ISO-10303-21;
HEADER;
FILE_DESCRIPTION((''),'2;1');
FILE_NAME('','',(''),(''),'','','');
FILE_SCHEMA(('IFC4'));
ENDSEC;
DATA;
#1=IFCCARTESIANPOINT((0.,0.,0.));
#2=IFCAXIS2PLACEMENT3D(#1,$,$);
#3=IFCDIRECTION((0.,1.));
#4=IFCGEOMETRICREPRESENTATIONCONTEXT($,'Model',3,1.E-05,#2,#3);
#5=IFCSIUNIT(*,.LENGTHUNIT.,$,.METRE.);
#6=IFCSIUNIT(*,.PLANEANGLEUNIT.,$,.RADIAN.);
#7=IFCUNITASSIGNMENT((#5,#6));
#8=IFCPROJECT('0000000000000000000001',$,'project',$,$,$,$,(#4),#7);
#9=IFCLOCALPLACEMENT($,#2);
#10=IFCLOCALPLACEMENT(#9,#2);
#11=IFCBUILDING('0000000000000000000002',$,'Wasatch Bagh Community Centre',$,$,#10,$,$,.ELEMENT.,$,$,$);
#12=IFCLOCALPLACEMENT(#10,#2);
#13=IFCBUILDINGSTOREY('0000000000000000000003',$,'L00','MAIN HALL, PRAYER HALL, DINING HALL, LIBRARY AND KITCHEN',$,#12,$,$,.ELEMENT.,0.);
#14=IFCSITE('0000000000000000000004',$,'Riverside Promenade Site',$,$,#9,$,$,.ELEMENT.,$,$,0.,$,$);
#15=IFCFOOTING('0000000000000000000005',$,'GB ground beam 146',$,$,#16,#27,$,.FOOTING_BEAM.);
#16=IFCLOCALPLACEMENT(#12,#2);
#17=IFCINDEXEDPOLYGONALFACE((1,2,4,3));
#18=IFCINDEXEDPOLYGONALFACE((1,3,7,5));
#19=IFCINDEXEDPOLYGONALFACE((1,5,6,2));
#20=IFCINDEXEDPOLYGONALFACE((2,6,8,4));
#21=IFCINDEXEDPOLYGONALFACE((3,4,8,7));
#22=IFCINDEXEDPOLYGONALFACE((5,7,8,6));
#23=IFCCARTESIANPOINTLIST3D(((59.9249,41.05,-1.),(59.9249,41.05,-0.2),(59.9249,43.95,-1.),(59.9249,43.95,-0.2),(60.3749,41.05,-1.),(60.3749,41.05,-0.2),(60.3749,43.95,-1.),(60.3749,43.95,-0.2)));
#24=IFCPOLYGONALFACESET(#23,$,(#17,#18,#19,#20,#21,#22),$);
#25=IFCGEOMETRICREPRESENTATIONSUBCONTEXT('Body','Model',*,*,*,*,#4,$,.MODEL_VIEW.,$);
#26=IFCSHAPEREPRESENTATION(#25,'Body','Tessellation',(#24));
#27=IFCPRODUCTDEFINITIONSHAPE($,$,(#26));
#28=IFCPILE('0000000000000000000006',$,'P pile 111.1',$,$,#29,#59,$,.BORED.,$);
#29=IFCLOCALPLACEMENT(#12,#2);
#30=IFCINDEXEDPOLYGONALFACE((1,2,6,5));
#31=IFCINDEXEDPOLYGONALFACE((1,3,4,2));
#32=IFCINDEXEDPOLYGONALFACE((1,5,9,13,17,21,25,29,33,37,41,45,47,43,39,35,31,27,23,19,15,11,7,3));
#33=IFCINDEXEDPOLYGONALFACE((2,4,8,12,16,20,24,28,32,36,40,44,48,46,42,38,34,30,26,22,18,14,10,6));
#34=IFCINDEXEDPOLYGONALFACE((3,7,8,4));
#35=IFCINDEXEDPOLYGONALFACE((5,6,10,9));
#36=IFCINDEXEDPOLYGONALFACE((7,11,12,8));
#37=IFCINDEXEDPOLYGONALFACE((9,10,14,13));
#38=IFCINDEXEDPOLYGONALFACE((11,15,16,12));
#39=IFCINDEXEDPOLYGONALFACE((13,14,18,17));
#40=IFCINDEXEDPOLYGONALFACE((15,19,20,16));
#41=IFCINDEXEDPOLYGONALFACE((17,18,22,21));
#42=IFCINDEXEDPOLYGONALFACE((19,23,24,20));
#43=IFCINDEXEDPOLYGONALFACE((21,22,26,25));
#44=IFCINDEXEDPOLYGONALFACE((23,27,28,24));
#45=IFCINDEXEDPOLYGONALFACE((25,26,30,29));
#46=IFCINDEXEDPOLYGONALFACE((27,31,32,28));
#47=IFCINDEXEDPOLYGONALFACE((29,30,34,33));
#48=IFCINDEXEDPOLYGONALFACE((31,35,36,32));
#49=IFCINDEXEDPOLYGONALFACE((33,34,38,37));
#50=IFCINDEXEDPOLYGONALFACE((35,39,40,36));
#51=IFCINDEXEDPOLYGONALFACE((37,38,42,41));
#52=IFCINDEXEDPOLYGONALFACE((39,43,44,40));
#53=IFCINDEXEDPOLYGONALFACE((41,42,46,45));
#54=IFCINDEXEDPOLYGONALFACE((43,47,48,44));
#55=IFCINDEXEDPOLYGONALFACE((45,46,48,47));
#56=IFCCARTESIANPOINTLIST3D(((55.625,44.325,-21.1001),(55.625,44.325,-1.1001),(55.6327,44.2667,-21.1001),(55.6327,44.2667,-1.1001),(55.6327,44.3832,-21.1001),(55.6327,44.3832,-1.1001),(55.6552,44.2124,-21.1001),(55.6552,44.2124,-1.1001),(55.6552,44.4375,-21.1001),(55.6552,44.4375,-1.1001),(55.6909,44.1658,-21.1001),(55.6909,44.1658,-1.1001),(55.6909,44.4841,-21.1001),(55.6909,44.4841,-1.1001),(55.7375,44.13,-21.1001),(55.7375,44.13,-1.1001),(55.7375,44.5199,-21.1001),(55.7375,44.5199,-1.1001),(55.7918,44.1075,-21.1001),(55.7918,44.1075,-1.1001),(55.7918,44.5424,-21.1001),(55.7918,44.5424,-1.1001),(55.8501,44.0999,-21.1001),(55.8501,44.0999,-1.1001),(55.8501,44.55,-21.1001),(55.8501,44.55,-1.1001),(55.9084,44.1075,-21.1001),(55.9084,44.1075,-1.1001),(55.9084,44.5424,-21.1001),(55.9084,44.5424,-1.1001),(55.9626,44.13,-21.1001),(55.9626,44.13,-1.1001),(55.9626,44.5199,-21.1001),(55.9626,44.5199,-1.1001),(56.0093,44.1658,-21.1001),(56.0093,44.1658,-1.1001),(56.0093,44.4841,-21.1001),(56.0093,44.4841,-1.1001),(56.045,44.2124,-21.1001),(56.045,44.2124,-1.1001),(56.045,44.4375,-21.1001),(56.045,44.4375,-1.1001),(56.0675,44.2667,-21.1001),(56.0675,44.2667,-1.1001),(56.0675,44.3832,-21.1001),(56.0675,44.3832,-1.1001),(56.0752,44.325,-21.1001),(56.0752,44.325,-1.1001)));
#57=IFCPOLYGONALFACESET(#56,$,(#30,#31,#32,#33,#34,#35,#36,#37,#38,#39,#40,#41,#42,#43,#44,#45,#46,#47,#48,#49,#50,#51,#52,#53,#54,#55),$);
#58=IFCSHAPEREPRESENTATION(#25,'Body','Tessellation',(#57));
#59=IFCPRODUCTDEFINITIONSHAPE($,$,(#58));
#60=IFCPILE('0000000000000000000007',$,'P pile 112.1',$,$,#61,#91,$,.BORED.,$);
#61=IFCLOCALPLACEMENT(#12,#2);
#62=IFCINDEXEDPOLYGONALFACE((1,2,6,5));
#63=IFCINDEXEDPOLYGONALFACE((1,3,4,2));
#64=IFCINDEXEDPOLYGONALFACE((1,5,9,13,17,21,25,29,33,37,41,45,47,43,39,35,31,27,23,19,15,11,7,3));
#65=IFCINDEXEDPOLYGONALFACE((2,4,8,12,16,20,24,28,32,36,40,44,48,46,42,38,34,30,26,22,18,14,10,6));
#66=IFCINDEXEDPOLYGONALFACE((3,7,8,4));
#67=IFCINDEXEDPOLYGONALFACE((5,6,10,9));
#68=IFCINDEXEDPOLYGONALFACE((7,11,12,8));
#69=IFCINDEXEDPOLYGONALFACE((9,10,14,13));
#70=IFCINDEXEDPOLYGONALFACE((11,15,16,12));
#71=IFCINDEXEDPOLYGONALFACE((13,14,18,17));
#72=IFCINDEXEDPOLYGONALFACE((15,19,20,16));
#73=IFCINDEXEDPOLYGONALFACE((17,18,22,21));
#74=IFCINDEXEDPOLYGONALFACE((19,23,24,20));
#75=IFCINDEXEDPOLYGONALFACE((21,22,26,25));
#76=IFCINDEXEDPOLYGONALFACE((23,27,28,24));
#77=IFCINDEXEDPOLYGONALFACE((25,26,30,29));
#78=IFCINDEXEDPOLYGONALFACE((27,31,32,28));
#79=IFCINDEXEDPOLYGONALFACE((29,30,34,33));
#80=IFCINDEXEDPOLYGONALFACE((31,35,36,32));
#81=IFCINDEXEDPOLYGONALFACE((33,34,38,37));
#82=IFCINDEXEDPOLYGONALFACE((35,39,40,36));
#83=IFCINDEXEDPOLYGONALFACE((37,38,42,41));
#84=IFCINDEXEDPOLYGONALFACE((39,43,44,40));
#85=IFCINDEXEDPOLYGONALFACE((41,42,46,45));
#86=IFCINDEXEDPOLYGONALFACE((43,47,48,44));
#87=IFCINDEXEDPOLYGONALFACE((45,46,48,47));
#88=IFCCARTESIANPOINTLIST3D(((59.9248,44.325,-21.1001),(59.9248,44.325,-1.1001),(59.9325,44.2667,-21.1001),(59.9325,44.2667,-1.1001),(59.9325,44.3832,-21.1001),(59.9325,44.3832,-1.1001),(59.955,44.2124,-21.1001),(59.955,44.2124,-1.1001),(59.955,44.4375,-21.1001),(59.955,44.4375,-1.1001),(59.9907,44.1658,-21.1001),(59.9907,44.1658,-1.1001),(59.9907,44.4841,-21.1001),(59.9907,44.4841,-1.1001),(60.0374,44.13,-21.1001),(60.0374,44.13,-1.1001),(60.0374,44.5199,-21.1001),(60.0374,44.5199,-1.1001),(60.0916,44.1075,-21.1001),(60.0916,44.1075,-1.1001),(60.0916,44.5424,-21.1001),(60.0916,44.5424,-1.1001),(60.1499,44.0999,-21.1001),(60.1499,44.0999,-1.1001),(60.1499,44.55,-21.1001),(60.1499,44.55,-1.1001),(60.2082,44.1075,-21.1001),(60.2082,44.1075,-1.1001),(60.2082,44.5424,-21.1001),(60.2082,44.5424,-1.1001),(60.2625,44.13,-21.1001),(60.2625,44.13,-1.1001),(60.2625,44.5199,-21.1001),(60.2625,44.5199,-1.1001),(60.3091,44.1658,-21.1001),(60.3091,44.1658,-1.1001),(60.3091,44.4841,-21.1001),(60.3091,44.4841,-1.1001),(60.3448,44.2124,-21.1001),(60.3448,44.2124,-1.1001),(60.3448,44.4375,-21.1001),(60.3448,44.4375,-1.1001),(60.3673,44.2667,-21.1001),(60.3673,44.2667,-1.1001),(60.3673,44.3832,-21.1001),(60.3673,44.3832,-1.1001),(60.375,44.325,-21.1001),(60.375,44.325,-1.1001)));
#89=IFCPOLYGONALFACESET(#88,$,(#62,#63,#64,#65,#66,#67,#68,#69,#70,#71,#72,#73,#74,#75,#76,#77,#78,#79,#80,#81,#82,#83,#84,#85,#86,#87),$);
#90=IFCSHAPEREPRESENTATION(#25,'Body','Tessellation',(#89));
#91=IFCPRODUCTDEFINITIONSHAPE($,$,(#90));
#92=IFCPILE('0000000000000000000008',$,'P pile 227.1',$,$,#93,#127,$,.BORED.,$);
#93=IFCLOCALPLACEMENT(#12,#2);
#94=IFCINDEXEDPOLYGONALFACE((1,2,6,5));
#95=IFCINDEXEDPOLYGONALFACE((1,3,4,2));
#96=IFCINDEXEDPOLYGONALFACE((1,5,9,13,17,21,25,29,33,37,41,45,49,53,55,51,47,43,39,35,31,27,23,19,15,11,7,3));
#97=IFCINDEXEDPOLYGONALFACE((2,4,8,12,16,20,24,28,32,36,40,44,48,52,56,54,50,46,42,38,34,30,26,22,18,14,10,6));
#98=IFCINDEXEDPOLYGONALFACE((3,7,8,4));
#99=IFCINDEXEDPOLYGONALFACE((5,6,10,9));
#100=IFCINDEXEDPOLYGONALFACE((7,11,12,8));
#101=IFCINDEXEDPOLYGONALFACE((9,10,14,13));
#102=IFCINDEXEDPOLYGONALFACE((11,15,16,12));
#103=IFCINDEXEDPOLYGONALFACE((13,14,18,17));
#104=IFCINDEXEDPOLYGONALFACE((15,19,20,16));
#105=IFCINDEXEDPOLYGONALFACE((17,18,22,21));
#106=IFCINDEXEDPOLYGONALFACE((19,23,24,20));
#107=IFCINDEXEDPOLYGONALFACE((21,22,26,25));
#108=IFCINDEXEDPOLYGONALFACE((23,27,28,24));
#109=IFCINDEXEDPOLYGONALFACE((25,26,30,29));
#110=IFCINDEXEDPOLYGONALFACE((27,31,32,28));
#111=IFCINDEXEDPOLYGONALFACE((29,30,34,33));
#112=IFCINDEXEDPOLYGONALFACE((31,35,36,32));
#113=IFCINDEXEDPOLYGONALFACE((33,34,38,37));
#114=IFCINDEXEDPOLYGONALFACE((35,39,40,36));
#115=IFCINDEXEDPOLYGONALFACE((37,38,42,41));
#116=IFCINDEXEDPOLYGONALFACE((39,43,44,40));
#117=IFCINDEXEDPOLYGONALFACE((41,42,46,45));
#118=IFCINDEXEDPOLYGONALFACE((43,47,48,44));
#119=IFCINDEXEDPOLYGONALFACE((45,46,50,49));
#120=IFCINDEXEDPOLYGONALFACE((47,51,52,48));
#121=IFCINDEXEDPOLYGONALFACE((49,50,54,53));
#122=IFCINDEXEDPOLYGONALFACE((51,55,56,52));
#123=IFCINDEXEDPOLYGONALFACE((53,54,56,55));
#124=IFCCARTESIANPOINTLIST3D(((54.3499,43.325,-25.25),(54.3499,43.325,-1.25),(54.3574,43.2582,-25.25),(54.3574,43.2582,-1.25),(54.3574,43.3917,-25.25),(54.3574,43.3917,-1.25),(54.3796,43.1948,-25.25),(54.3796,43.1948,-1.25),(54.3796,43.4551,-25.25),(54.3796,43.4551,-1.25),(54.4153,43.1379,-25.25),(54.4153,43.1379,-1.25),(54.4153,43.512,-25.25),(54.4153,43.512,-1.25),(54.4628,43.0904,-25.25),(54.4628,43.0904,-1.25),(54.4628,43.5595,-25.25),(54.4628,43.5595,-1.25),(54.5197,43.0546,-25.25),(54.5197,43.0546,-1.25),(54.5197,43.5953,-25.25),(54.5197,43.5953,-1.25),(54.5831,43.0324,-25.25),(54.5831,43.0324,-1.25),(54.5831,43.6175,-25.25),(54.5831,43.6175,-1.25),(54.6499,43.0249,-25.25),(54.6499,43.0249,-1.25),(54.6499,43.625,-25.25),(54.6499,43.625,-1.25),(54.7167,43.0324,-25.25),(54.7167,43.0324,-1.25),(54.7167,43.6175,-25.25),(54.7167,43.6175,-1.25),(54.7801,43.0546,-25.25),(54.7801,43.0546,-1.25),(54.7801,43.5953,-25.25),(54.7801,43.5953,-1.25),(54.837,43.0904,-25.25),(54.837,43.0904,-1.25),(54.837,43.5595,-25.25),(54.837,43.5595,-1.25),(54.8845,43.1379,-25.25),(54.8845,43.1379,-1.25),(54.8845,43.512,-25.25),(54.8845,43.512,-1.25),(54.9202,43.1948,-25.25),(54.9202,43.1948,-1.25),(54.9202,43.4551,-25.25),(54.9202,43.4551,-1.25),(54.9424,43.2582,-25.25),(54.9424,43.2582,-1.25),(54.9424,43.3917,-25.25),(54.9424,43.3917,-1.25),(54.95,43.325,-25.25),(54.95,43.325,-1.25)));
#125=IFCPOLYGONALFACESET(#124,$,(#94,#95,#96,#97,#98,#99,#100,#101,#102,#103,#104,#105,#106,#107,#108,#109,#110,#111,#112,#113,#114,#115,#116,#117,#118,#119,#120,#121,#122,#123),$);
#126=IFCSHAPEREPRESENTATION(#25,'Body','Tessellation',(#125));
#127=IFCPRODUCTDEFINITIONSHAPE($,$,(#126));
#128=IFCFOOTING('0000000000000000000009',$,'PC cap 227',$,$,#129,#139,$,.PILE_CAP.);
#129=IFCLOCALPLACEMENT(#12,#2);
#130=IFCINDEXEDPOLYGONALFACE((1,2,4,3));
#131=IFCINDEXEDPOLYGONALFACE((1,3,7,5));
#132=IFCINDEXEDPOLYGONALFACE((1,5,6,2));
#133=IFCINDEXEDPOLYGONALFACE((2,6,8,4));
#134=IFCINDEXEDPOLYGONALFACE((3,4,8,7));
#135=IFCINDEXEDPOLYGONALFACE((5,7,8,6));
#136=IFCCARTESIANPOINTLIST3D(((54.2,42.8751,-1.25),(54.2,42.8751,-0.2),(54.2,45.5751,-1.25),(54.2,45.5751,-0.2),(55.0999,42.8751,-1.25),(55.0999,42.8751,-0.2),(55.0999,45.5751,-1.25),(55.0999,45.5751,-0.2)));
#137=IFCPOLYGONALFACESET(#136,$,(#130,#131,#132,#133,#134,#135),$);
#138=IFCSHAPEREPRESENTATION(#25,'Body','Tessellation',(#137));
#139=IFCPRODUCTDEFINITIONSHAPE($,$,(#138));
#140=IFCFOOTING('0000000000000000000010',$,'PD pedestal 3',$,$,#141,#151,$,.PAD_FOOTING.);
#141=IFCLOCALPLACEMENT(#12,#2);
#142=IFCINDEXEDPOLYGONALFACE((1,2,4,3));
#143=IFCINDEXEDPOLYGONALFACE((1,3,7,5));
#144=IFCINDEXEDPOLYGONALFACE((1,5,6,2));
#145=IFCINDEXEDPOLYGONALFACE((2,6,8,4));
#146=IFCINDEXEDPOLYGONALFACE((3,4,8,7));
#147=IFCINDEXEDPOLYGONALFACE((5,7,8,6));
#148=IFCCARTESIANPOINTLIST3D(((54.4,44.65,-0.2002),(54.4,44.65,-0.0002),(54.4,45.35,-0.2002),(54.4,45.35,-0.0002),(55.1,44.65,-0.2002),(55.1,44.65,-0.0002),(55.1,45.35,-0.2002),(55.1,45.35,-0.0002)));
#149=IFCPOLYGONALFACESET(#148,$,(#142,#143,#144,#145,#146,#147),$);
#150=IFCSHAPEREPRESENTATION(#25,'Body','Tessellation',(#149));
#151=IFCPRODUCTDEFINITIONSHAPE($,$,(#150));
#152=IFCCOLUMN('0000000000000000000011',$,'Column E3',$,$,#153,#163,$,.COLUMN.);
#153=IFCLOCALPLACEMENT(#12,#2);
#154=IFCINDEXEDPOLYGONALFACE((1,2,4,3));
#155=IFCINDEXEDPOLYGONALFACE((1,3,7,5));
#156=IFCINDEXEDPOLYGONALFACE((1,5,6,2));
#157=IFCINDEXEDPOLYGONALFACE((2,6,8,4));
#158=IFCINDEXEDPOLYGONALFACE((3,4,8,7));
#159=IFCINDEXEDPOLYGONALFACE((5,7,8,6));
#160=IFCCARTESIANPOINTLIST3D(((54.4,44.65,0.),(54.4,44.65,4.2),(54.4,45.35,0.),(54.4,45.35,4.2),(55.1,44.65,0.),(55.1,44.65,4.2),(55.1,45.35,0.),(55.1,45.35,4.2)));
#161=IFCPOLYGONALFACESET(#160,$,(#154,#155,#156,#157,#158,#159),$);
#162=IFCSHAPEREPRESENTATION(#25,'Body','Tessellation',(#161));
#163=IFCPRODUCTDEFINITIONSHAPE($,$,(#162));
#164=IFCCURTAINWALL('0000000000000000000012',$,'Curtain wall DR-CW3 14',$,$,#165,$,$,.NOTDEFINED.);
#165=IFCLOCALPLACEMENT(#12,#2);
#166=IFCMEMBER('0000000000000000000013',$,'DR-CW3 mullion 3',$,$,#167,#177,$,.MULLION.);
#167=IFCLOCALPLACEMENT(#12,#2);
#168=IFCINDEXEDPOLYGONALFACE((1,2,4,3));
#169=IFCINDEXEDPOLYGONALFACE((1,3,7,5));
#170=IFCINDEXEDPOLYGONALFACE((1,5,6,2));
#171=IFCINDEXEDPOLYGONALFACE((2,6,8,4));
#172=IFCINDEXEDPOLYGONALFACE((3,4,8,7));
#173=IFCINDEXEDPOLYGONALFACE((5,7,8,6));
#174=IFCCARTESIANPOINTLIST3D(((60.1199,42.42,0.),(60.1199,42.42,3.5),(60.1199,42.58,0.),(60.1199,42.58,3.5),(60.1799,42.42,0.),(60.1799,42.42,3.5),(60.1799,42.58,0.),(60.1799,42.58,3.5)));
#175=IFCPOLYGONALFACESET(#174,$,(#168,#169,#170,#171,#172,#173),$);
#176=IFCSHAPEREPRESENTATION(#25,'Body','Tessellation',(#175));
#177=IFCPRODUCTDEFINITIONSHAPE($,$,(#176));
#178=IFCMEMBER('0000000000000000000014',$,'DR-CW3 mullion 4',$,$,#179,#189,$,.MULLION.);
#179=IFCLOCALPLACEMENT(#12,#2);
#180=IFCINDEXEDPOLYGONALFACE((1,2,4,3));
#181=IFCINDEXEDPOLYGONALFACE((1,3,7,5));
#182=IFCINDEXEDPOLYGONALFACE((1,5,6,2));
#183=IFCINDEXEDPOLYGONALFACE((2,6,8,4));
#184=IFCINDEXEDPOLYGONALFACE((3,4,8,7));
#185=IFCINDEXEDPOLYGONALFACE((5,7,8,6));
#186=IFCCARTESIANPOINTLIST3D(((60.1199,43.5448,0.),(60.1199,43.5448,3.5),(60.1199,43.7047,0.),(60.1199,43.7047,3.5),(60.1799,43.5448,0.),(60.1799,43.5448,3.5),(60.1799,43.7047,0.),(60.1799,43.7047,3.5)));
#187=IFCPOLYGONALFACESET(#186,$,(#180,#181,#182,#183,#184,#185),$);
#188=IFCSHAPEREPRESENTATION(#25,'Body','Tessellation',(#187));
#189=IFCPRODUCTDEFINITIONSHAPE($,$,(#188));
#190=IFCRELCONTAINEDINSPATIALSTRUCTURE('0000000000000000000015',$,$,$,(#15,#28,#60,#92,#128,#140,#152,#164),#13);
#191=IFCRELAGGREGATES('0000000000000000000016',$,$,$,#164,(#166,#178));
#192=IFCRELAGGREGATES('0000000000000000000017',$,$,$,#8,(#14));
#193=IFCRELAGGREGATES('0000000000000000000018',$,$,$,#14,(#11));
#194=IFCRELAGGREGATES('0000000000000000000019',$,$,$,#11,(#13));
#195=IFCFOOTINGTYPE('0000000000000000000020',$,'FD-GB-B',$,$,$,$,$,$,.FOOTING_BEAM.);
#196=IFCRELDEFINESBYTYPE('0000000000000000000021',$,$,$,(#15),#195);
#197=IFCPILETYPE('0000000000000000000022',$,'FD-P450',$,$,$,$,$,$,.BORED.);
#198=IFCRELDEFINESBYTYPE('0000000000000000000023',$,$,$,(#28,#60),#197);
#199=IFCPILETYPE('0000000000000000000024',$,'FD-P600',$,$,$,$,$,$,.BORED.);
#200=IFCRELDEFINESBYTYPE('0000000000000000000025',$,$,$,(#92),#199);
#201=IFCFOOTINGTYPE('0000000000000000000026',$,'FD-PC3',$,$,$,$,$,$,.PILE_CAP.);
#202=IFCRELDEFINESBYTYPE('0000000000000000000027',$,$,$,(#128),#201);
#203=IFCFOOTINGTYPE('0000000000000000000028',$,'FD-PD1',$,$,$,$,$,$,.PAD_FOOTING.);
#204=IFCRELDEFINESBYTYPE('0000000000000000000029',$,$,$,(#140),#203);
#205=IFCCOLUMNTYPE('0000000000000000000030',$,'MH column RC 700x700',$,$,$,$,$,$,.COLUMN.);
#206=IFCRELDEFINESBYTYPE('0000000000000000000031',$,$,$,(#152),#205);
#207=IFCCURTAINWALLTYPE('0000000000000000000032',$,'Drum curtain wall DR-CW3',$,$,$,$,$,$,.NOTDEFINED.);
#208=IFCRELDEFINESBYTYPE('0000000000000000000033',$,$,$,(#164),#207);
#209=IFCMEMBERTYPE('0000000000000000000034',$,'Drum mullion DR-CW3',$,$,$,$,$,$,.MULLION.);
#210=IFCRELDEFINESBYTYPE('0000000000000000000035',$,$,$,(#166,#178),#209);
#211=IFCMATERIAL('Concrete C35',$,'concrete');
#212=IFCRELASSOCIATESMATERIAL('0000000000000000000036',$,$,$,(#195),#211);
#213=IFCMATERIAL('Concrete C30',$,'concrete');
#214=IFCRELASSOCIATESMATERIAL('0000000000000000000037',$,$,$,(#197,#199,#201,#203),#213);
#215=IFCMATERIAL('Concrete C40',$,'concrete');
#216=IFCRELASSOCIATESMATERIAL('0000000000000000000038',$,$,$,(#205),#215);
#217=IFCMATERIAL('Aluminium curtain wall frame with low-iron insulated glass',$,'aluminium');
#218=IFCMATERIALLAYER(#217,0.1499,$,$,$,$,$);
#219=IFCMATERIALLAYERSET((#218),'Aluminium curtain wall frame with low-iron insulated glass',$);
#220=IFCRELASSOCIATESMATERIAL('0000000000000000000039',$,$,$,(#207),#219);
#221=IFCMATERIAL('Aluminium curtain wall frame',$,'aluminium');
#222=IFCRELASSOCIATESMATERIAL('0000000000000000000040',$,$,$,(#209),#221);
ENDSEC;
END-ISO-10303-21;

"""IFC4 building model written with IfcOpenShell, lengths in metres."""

from ifc_helpers import new_model, si_unit, direction, frame, origin, origin_2d, place, context, subcontext, project, spatial, rectangle, circle, extrude, material, layer, layer_set, material_profile, profile_set, type_object, element, aggregate, save


model = new_model("IFC4")

# Units and contexts
model_context = context("Model", 3, precision=1e-05, world=origin(), true_north=direction((0.0, 1.0)))
body_context = subcontext(model_context, "Body", "Model", "MODEL_VIEW")
ifc_project = project(units=[si_unit("LENGTHUNIT", "METRE"), si_unit("PLANEANGLEUNIT", "RADIAN")], contexts=[model_context])

# Site, building, storey
site_placement = place(None, origin())
site = spatial("IfcSite", under=ifc_project, at=site_placement, Name="Riverside Promenade Site", CompositionType="ELEMENT", RefElevation=0.0)
building_placement = place(site_placement, origin())
building = spatial("IfcBuilding", under=site, at=building_placement, Name="Wasatch Bagh Community Centre", CompositionType="ELEMENT")
storey_placement = place(building_placement, origin())
storey = spatial("IfcBuildingStorey", under=building, at=storey_placement, Name="L00", Description="MAIN HALL, PRAYER HALL, DINING HALL, LIBRARY AND KITCHEN", CompositionType="ELEMENT", Elevation=0.0)

# Footing
ifc_material_1 = material(Name="Concrete C35", Category="concrete")
footing_type_1 = type_object("IfcFootingType", Name="FD-GB-B", PredefinedType="FOOTING_BEAM", material=ifc_material_1)
footing_1_placement = place(storey_placement, frame((60.1499, 42.5, -1.0), z_axis=(0.0, 0.0, 1.0), x_axis=(0.0, 1.0, 0.0)))
element("IfcFooting", 1, at=footing_1_placement, inside=storey, type_object=footing_type_1, Name="GB ground beam 146", PredefinedType="FOOTING_BEAM", context=body_context, shape_type="SweptSolid", body=[
    extrude(rectangle(XDim=2.8999, YDim=0.45, at=origin_2d()), origin(), (0.0, 0.0, 1.0), 0.8),
])

# Piles
ifc_material_2 = material(Name="Concrete C30", Category="concrete")
ifc_material_profile_1 = material_profile(ifc_material_2, circle(Radius=0.2251, at=origin_2d()), Name="RC D450")
ifc_profile_set_1 = profile_set([ifc_material_profile_1], Name="Concrete C30")
pile_type_1 = type_object("IfcPileType", Name="FD-P450", PredefinedType="BORED", material=ifc_profile_set_1)
for number, where, z_axis, x_axis, name in (
    (2, (55.8501, 44.325, -1.1001), (0.0, 0.0, -1.0), (1.0, 0.0, 0.0), "P pile 111.1"),
    (3, (60.1499, 44.325, -1.1001), (0.0, 0.0, -1.0), (1.0, 0.0, 0.0), "P pile 112.1"),
):
    element("IfcPile", number, at=place(storey_placement, frame(where, z_axis=z_axis, x_axis=x_axis)), inside=storey, type_object=pile_type_1, Name=name, PredefinedType="BORED", context=body_context, shape_type="SweptSolid", body=[
        extrude(circle(Radius=0.2251, at=origin_2d()), origin(), (0.0, 0.0, 1.0), 20.0),
    ])
ifc_material_profile_2 = material_profile(ifc_material_2, circle(Radius=0.3, at=origin_2d()), Name="RC D600")
ifc_profile_set_2 = profile_set([ifc_material_profile_2], Name="Concrete C30")
pile_type_2 = type_object("IfcPileType", Name="FD-P600", PredefinedType="BORED", material=ifc_profile_set_2)
pile_placement = place(storey_placement, frame((54.6499, 43.325, -1.25), z_axis=(0.0, 0.0, -1.0), x_axis=(1.0, 0.0, 0.0)))
element("IfcPile", 4, at=pile_placement, inside=storey, type_object=pile_type_2, Name="P pile 227.1", PredefinedType="BORED", context=body_context, shape_type="SweptSolid", body=[
    extrude(circle(Radius=0.3, at=origin_2d()), origin(), (0.0, 0.0, 1.0), 24.0),
])

# Footings
footing_type_2 = type_object("IfcFootingType", Name="FD-PC3", PredefinedType="PILE_CAP", material=ifc_material_2)
footing_2_placement = place(storey_placement, frame((54.6499, 44.2251, -1.25), z_axis=(0.0, 0.0, 1.0), x_axis=(0.0, 1.0, 0.0)))
element("IfcFooting", 5, at=footing_2_placement, inside=storey, type_object=footing_type_2, Name="PC cap 227", PredefinedType="PILE_CAP", context=body_context, shape_type="SweptSolid", body=[
    extrude(rectangle(XDim=2.7, YDim=0.8999, at=origin_2d()), origin(), (0.0, 0.0, 1.0), 1.05),
])
footing_type_3 = type_object("IfcFootingType", Name="FD-PD1", PredefinedType="PAD_FOOTING", material=ifc_material_2)
footing_3_placement = place(storey_placement, frame((54.75, 45.0, -0.2002), z_axis=(0.0, 0.0, 1.0), x_axis=(1.0, 0.0, 0.0)))
element("IfcFooting", 6, at=footing_3_placement, inside=storey, type_object=footing_type_3, Name="PD pedestal 3", PredefinedType="PAD_FOOTING", context=body_context, shape_type="SweptSolid", body=[
    extrude(rectangle(XDim=0.7, YDim=0.7, at=origin_2d()), origin(), (0.0, 0.0, 1.0), 0.2),
])

# Column
ifc_material_3 = material(Name="Concrete C40", Category="concrete")
ifc_material_profile_3 = material_profile(ifc_material_3, rectangle(XDim=0.7, YDim=0.7, at=origin_2d()), Name="RC 700x700")
ifc_profile_set_3 = profile_set([ifc_material_profile_3], Name="Concrete C40")
column_type = type_object("IfcColumnType", Name="MH column RC 700x700", PredefinedType="COLUMN", material=ifc_profile_set_3)
column_placement = place(storey_placement, frame((54.75, 45.0, 0.0), z_axis=(0.0, 0.0, 1.0), x_axis=(1.0, 0.0, 0.0)))
element("IfcColumn", 7, at=column_placement, inside=storey, type_object=column_type, Name="Column E3", PredefinedType="COLUMN", context=body_context, shape_type="SweptSolid", body=[
    extrude(rectangle(XDim=0.7, YDim=0.7, at=origin_2d()), origin(), (0.0, 0.0, 1.0), 4.2),
])

# Curtain wall, members
ifc_material_4 = material(Name="Aluminium curtain wall frame with low-iron insulated glass", Category="aluminium")
ifc_layer_1 = layer(ifc_material_4, 0.1499)
ifc_layer_set_1 = layer_set([ifc_layer_1], Name="Aluminium curtain wall frame with low-iron insulated glass")
curtain_wall_type = type_object("IfcCurtainWallType", Name="Drum curtain wall DR-CW3", PredefinedType="NOTDEFINED", material=ifc_layer_set_1)
curtain_wall_placement = place(storey_placement, origin())
curtain_wall = element("IfcCurtainWall", 8, at=curtain_wall_placement, inside=storey, type_object=curtain_wall_type, Name="Curtain wall DR-CW3 14", PredefinedType="NOTDEFINED")
ifc_material_5 = material(Name="Aluminium curtain wall frame", Category="aluminium")
ifc_material_profile_4 = material_profile(ifc_material_5, rectangle(XDim=0.0601, YDim=0.1599, at=origin_2d()), Name="Drum mullion DR-CW3")
ifc_profile_set_4 = profile_set([ifc_material_profile_4], Name="Aluminium curtain wall frame")
member_type_1 = type_object("IfcMemberType", Name="Drum mullion DR-CW3", PredefinedType="MULLION", material=ifc_profile_set_4)
member_1_placement = place(storey_placement, frame((60.1499, 42.5, 0.0), z_axis=(0.0, 0.0, 1.0), x_axis=(-1.0, 0.0, 0.0)))
member_1 = element("IfcMember", 9, at=member_1_placement, type_object=member_type_1, Name="DR-CW3 mullion 3", PredefinedType="MULLION", context=body_context, shape_type="SweptSolid", body=[
    extrude(rectangle(XDim=0.0601, YDim=0.1599, at=origin_2d()), origin(), (0.0, 0.0, 1.0), 3.5),
])
member_2_placement = place(storey_placement, frame((60.1499, 43.6248, 0.0), z_axis=(0.0, 0.0, 1.0), x_axis=(-1.0, 0.0, 0.0)))
member_2 = element("IfcMember", 10, at=member_2_placement, type_object=member_type_1, Name="DR-CW3 mullion 4", PredefinedType="MULLION", context=body_context, shape_type="SweptSolid", body=[
    extrude(rectangle(XDim=0.0601, YDim=0.1599, at=origin_2d()), origin(), (0.0, 0.0, 1.0), 3.5),
])
aggregate(curtain_wall, [member_1, member_2])

save(model, "model.ifc")
